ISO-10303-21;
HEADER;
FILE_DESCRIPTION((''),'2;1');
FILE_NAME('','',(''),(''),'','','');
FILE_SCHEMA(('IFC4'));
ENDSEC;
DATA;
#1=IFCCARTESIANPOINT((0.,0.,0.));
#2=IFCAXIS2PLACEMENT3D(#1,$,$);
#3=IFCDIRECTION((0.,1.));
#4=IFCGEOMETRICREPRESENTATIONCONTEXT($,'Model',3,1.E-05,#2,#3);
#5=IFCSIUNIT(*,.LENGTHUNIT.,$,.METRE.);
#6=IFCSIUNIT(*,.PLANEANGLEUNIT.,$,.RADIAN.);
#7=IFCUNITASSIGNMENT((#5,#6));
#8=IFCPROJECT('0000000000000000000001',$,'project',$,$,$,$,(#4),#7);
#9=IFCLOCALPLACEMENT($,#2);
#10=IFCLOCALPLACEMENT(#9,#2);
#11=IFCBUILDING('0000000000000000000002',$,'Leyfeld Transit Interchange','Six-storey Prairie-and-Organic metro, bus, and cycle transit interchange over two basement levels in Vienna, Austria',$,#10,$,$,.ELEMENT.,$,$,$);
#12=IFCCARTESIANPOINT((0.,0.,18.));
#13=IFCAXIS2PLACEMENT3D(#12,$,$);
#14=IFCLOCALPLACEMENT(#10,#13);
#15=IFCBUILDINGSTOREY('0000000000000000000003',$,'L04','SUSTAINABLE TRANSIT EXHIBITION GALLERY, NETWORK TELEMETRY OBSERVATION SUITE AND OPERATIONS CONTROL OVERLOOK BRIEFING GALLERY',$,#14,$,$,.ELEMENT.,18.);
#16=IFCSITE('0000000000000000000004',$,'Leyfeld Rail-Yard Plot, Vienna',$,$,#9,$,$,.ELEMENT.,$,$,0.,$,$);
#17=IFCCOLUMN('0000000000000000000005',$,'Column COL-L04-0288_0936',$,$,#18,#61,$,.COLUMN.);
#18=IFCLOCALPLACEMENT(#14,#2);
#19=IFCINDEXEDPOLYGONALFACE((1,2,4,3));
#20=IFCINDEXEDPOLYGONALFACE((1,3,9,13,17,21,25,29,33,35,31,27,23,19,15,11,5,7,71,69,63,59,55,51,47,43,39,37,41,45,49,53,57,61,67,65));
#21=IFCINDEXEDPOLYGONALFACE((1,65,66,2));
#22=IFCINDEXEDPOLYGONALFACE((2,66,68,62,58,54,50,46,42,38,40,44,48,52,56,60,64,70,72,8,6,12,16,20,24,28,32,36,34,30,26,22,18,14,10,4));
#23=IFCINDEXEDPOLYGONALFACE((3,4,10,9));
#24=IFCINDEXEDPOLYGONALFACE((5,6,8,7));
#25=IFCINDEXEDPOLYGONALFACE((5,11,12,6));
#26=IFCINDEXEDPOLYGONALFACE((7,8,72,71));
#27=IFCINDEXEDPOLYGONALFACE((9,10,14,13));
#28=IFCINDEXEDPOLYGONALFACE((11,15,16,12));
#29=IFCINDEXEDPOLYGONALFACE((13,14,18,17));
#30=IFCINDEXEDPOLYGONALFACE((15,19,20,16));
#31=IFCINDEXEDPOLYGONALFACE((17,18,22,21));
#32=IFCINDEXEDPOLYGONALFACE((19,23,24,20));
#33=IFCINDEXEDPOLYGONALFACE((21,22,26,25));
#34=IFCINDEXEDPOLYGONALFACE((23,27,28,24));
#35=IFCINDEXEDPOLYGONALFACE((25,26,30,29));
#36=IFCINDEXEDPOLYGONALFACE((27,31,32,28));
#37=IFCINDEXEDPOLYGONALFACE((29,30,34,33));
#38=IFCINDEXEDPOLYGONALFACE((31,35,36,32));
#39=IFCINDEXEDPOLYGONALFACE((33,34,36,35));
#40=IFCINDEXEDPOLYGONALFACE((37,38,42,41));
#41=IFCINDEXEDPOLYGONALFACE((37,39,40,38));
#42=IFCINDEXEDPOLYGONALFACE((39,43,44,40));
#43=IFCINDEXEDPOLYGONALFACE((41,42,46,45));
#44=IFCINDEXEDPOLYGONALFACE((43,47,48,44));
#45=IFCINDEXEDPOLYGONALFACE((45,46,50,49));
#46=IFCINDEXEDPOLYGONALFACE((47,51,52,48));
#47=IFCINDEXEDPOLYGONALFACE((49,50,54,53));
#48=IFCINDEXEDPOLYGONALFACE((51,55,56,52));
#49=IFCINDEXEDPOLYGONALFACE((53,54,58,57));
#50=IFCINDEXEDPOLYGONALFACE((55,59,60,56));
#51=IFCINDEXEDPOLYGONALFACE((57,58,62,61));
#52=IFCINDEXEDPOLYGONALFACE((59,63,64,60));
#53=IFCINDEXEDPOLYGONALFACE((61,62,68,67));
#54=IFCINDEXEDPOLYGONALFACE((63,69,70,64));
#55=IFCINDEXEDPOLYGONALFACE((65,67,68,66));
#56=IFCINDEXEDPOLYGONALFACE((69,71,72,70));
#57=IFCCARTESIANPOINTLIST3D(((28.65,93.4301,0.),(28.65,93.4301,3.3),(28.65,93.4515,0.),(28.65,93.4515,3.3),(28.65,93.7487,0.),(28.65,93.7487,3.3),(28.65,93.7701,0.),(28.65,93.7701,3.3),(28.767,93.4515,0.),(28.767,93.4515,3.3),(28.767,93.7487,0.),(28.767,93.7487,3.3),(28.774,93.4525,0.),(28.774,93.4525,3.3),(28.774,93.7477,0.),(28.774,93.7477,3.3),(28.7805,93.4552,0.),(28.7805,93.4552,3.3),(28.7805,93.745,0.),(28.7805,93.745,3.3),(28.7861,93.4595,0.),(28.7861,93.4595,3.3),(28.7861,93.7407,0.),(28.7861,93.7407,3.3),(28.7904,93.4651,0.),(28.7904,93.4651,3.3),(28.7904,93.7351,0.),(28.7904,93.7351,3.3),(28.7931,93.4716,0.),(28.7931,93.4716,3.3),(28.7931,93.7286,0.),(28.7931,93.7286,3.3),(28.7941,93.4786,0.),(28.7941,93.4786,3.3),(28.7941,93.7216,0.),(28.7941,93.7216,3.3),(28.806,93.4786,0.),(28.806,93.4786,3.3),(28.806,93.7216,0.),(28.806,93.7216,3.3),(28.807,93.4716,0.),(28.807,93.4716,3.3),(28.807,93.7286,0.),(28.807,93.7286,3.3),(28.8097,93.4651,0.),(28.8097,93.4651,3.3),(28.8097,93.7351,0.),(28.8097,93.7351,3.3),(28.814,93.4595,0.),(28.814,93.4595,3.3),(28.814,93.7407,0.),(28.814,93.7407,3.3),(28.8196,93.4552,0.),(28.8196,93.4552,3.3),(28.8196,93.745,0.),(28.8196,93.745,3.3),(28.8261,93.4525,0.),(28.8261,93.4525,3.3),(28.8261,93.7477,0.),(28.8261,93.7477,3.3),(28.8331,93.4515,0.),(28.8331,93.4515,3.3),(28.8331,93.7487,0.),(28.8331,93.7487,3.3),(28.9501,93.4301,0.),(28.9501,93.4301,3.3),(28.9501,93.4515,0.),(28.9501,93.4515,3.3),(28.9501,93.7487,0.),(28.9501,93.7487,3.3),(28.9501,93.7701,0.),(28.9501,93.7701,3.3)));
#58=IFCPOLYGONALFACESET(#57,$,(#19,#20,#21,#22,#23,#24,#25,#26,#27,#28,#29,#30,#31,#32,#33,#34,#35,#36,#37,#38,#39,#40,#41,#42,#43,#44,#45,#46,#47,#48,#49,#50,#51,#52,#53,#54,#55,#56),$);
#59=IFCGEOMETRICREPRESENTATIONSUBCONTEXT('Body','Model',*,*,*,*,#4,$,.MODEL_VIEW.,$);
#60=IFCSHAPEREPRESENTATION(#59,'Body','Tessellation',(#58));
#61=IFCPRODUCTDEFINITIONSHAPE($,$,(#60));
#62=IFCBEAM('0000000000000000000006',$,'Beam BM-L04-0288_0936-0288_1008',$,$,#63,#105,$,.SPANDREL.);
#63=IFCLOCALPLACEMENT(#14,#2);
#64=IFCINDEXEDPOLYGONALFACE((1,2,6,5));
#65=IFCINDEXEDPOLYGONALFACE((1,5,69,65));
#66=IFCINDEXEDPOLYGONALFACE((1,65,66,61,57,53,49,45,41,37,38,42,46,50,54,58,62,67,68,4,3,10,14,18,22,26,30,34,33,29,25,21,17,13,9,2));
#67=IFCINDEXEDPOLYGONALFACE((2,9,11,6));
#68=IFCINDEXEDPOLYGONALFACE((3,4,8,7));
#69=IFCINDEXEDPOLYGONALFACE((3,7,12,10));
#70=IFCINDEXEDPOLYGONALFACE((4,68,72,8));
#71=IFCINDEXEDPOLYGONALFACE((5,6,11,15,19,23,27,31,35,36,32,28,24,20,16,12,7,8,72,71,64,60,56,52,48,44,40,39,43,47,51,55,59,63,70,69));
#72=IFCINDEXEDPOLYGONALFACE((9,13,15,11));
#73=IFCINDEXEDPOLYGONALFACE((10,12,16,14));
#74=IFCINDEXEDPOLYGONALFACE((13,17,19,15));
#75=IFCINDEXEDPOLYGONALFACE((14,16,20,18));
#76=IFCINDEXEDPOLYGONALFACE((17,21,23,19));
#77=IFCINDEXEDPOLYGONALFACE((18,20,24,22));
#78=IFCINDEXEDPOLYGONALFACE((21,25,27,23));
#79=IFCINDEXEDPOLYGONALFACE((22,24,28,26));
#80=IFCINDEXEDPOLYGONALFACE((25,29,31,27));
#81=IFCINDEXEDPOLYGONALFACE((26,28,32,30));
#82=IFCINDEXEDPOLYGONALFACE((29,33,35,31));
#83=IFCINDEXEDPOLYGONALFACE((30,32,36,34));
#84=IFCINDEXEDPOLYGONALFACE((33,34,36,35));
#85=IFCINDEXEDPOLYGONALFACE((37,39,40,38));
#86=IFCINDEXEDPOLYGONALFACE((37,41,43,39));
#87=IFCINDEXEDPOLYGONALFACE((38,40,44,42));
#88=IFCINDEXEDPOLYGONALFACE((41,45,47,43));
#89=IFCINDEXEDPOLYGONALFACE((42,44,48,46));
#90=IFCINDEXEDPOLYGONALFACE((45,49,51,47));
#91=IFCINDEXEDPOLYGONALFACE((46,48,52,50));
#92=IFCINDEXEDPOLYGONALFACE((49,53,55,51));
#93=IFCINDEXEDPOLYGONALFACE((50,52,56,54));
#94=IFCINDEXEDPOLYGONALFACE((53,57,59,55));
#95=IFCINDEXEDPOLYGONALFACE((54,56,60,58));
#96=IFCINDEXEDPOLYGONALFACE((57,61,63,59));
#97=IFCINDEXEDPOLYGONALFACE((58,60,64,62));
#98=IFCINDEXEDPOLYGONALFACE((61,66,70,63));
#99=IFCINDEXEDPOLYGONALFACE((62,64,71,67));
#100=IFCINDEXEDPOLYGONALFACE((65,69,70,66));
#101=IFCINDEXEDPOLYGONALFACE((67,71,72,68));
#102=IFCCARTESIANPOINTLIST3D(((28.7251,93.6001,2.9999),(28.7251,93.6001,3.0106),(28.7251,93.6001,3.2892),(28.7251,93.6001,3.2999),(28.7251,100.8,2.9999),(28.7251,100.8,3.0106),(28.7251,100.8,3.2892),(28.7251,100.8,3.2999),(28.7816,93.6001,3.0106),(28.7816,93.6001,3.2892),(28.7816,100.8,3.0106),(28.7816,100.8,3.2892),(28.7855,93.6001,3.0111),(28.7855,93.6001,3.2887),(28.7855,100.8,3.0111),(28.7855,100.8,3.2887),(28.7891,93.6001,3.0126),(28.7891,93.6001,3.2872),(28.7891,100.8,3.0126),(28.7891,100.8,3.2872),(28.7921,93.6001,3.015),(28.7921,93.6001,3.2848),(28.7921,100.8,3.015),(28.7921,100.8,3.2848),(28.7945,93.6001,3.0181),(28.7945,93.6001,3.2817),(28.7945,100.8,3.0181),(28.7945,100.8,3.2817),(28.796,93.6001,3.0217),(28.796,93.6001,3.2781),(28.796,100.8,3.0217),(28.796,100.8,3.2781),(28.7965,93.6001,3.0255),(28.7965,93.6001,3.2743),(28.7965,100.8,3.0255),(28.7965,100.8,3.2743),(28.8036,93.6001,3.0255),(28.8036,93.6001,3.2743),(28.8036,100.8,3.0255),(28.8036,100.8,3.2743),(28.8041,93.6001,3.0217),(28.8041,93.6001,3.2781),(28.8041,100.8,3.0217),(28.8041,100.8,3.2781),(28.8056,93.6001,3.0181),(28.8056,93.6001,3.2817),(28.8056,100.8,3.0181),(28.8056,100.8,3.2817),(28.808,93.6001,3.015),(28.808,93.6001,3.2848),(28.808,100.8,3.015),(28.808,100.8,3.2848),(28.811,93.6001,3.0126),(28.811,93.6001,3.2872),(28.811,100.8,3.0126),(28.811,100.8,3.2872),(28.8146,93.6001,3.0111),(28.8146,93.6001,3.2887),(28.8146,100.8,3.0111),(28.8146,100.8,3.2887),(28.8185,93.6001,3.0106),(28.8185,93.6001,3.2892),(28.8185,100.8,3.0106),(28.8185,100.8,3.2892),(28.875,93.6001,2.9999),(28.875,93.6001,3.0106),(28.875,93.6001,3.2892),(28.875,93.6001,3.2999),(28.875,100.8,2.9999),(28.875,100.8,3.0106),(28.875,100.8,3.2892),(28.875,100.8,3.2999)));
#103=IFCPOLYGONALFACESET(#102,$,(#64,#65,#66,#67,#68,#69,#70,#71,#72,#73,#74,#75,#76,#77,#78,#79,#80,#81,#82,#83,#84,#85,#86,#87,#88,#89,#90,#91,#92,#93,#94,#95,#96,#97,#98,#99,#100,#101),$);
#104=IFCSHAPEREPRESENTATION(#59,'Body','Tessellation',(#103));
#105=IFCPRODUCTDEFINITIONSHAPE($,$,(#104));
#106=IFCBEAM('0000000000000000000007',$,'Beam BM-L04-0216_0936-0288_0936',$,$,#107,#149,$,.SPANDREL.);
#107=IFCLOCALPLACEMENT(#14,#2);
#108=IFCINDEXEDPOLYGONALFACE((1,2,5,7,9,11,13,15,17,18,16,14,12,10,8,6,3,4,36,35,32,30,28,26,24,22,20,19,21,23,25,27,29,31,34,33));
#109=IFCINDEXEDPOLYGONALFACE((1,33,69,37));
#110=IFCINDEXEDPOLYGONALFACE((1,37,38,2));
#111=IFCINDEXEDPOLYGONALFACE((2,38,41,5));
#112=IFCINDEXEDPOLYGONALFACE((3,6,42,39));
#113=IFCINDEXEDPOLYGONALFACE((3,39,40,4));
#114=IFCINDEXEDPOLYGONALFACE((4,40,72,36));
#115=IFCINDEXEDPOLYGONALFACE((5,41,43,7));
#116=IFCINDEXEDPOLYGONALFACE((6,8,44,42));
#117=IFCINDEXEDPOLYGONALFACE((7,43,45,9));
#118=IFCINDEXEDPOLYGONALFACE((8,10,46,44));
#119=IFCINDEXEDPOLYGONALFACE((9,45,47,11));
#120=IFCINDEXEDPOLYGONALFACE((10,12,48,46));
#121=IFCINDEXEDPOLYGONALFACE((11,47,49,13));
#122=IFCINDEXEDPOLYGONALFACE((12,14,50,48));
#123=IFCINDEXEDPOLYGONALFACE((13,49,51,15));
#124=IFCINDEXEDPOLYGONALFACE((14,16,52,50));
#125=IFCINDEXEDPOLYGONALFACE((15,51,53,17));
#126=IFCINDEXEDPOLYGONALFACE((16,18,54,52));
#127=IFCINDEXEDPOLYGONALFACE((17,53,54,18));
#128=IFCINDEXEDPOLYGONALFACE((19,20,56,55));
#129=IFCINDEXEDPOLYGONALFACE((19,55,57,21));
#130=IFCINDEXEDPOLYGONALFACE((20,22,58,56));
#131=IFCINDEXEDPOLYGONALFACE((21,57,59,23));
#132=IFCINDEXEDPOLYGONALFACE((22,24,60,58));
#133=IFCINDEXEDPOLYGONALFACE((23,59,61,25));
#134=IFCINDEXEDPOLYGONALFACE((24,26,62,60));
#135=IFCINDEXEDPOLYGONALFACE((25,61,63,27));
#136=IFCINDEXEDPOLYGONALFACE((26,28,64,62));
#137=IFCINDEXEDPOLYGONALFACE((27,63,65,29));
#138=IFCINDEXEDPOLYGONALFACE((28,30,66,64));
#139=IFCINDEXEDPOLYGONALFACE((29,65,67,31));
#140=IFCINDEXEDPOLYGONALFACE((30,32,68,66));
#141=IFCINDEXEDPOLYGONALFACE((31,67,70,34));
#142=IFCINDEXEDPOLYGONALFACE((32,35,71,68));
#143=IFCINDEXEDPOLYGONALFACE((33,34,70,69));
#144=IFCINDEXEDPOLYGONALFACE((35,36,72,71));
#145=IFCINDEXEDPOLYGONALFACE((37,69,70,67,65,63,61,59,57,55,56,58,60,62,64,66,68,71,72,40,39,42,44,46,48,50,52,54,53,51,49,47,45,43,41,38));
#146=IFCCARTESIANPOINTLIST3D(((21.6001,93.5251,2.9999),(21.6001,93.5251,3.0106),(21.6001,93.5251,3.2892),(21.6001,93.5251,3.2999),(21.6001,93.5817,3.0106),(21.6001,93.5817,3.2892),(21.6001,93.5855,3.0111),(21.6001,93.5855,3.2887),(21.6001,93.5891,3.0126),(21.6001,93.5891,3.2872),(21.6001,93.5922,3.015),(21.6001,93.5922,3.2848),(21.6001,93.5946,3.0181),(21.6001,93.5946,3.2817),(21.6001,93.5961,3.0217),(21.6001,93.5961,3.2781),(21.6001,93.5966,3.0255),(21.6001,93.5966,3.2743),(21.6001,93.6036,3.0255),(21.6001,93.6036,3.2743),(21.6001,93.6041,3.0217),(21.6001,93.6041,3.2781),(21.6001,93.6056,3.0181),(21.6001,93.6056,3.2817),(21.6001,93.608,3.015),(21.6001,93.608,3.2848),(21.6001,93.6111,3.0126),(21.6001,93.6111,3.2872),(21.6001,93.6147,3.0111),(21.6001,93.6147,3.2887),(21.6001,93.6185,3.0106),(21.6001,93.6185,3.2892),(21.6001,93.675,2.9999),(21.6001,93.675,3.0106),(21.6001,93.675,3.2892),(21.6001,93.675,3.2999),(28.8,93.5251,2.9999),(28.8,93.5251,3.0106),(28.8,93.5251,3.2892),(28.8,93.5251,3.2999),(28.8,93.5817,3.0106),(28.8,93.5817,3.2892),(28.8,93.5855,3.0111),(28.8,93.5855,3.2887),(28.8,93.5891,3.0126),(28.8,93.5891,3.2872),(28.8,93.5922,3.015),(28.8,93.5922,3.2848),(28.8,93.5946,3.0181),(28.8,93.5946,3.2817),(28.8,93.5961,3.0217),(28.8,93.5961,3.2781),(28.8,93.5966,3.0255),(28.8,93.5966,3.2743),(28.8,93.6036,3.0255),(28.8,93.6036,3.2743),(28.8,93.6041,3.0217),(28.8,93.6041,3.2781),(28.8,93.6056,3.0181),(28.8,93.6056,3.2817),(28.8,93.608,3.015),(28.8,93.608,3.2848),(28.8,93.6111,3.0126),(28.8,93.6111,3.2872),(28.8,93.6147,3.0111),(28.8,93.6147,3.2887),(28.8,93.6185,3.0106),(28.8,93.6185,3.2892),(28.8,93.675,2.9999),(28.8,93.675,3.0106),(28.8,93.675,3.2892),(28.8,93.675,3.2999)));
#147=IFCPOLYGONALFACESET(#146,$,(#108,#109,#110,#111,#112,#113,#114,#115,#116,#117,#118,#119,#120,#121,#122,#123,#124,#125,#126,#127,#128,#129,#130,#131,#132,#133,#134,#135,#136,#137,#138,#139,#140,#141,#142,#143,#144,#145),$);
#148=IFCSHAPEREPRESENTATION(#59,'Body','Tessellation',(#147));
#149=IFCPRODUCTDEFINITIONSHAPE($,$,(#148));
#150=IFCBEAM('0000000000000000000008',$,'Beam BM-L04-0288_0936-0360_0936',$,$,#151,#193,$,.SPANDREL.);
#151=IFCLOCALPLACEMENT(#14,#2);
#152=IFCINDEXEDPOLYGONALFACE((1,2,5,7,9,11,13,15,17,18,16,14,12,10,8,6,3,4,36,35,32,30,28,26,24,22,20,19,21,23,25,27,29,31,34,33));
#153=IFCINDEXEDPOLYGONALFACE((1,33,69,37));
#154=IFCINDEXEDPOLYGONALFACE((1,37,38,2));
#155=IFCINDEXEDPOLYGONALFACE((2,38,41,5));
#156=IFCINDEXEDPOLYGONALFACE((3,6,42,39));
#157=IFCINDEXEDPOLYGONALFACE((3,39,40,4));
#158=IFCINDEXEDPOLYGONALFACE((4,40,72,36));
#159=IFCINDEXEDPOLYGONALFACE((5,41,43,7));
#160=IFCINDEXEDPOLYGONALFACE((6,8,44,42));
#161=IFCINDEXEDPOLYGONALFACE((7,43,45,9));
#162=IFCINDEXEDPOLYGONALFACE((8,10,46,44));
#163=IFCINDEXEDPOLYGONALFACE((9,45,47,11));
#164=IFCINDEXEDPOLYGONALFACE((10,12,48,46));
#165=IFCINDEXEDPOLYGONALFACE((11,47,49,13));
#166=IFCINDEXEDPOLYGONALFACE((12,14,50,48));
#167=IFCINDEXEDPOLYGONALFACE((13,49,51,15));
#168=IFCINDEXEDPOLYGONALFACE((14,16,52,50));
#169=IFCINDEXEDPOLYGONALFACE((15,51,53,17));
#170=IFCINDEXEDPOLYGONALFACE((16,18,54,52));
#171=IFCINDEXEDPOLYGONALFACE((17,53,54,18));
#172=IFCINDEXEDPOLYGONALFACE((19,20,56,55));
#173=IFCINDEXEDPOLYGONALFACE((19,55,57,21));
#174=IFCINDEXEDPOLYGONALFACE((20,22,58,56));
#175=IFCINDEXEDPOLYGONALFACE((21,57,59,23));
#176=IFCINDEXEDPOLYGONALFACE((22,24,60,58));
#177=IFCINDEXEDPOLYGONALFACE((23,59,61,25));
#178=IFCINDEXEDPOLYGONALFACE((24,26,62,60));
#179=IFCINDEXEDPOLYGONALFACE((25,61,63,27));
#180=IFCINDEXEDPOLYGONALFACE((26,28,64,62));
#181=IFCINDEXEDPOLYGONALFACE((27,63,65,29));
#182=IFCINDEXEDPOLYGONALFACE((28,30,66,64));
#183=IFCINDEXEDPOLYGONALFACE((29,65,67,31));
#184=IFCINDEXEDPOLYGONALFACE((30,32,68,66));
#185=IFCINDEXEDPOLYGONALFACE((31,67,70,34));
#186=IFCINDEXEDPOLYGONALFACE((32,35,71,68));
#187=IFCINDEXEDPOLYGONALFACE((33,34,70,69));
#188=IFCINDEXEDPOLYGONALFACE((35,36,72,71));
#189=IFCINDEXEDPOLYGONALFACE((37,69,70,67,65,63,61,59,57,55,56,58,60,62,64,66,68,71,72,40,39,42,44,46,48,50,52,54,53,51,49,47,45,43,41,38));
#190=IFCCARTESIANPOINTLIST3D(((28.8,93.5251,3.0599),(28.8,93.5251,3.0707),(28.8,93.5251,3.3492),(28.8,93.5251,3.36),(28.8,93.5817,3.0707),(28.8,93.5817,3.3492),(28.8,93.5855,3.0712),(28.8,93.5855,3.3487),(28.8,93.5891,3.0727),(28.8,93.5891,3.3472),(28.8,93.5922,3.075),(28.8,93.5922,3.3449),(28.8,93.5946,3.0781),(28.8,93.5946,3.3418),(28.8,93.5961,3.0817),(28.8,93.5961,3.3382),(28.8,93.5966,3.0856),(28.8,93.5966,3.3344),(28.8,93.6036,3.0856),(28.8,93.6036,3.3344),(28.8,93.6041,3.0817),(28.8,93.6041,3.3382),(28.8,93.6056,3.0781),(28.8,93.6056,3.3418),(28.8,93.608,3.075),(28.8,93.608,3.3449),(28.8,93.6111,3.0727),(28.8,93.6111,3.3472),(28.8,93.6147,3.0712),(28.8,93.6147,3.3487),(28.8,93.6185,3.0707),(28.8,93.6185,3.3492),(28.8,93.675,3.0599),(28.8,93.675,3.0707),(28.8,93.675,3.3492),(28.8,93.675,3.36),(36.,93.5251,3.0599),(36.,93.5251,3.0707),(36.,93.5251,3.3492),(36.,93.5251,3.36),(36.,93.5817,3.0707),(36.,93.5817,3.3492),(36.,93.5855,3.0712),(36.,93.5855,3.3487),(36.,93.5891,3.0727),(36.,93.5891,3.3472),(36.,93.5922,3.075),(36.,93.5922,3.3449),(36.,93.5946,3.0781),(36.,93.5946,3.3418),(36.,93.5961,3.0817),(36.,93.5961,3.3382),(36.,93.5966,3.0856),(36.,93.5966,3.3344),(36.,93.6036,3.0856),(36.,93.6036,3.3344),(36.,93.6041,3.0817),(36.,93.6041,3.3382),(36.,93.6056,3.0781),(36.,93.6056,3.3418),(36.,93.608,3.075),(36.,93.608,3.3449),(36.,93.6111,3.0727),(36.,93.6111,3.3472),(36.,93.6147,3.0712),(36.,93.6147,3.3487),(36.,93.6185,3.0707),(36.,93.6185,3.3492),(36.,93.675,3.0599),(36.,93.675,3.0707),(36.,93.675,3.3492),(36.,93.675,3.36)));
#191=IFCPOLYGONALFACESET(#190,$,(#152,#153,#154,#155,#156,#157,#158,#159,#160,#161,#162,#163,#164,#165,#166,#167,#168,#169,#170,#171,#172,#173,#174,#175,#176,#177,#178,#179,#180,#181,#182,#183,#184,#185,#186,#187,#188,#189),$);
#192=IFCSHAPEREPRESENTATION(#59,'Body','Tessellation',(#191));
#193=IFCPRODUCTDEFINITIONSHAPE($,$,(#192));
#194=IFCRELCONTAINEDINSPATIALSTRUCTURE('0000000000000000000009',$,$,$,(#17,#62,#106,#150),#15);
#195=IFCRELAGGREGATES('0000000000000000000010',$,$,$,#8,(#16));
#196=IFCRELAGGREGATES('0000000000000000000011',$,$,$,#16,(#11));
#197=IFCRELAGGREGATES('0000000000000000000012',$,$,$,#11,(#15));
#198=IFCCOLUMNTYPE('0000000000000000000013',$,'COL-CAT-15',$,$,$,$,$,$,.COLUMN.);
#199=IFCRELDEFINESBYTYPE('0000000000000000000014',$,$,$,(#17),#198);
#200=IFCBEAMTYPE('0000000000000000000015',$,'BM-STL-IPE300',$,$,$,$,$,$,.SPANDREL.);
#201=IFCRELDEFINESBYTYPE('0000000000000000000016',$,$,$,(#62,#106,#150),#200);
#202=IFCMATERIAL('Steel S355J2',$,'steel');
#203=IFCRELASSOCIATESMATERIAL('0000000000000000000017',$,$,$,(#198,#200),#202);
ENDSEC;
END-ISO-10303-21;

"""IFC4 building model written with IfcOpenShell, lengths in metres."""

from ifc_helpers import new_model, si_unit, direction, frame, origin, origin_2d, place, context, subcontext, project, spatial, i_section, extrude, material, material_profile, profile_set, type_object, element, save


model = new_model("IFC4")

# Units and contexts
model_context = context("Model", 3, precision=1e-05, world=origin(), true_north=direction((0.0, 1.0)))
body_context = subcontext(model_context, "Body", "Model", "MODEL_VIEW")
ifc_project = project(units=[si_unit("LENGTHUNIT", "METRE"), si_unit("PLANEANGLEUNIT", "RADIAN")], contexts=[model_context])

# Site, building, storey
site_placement = place(None, origin())
site = spatial("IfcSite", under=ifc_project, at=site_placement, Name="Leyfeld Rail-Yard Plot, Vienna", CompositionType="ELEMENT", RefElevation=0.0)
building_placement = place(site_placement, origin())
building = spatial("IfcBuilding", under=site, at=building_placement, Name="Leyfeld Transit Interchange", Description="Six-storey Prairie-and-Organic metro, bus, and cycle transit interchange over two basement levels in Vienna, Austria", CompositionType="ELEMENT")
storey_placement = place(building_placement, frame((0.0, 0.0, 18.0)))
storey = spatial("IfcBuildingStorey", under=building, at=storey_placement, Name="L04", Description="SUSTAINABLE TRANSIT EXHIBITION GALLERY, NETWORK TELEMETRY OBSERVATION SUITE AND OPERATIONS CONTROL OVERLOOK BRIEFING GALLERY", CompositionType="ELEMENT", Elevation=18.0)

# Column
ifc_material_1 = material(Name="Steel S355J2", Category="steel")
ifc_material_profile_1 = material_profile(ifc_material_1, i_section(OverallWidth=0.3, OverallDepth=0.3401, WebThickness=0.012, FlangeThickness=0.0215, FilletRadius=0.0271, at=origin_2d()), Name="HEB 340")
ifc_profile_set_1 = profile_set([ifc_material_profile_1], Name="Steel S355J2")
column_type = type_object("IfcColumnType", Name="COL-CAT-15", PredefinedType="COLUMN", material=ifc_profile_set_1)
column_placement = place(storey_placement, frame((28.8, 93.6001, 0.0), z_axis=(0.0, 0.0, 1.0), x_axis=(1.0, 0.0, 0.0)))
element("IfcColumn", 1, at=column_placement, inside=storey, type_object=column_type, Name="Column COL-L04-0288_0936", PredefinedType="COLUMN", context=body_context, shape_type="SweptSolid", body=[
    extrude(i_section(OverallWidth=0.3, OverallDepth=0.3401, WebThickness=0.012, FlangeThickness=0.0215, FilletRadius=0.0271, at=origin_2d()), origin(), (0.0, 0.0, 1.0), 3.3),
])

# Beams
ifc_material_profile_2 = material_profile(ifc_material_1, i_section(OverallWidth=0.1499, OverallDepth=0.3, WebThickness=0.0071, FlangeThickness=0.0107, FilletRadius=0.0149, at=origin_2d()), Name="IPE 300")
ifc_profile_set_2 = profile_set([ifc_material_profile_2], Name="Steel S355J2")
beam_type = type_object("IfcBeamType", Name="BM-STL-IPE300", PredefinedType="SPANDREL", material=ifc_profile_set_2)
for number, where, z_axis, x_axis, name in (
    (2, (28.8, 93.6001, 3.1499), (0.0, 1.0, 0.0), (-1.0, 0.0, 0.0), "Beam BM-L04-0288_0936-0288_1008"),
    (3, (21.6001, 93.6001, 3.1499), (1.0, 0.0, 0.0), (0.0, 1.0, 0.0), "Beam BM-L04-0216_0936-0288_0936"),
    (4, (28.8, 93.6001, 3.21), (1.0, 0.0, 0.0), (0.0, 1.0, 0.0), "Beam BM-L04-0288_0936-0360_0936"),
):
    element("IfcBeam", number, at=place(storey_placement, frame(where, z_axis=z_axis, x_axis=x_axis)), inside=storey, type_object=beam_type, Name=name, PredefinedType="SPANDREL", context=body_context, shape_type="SweptSolid", body=[
        extrude(i_section(OverallWidth=0.1499, OverallDepth=0.3, WebThickness=0.0071, FlangeThickness=0.0107, FilletRadius=0.0149, at=origin_2d()), origin(), (0.0, 0.0, 1.0), 7.2),
    ])

save(model, "model.ifc")
